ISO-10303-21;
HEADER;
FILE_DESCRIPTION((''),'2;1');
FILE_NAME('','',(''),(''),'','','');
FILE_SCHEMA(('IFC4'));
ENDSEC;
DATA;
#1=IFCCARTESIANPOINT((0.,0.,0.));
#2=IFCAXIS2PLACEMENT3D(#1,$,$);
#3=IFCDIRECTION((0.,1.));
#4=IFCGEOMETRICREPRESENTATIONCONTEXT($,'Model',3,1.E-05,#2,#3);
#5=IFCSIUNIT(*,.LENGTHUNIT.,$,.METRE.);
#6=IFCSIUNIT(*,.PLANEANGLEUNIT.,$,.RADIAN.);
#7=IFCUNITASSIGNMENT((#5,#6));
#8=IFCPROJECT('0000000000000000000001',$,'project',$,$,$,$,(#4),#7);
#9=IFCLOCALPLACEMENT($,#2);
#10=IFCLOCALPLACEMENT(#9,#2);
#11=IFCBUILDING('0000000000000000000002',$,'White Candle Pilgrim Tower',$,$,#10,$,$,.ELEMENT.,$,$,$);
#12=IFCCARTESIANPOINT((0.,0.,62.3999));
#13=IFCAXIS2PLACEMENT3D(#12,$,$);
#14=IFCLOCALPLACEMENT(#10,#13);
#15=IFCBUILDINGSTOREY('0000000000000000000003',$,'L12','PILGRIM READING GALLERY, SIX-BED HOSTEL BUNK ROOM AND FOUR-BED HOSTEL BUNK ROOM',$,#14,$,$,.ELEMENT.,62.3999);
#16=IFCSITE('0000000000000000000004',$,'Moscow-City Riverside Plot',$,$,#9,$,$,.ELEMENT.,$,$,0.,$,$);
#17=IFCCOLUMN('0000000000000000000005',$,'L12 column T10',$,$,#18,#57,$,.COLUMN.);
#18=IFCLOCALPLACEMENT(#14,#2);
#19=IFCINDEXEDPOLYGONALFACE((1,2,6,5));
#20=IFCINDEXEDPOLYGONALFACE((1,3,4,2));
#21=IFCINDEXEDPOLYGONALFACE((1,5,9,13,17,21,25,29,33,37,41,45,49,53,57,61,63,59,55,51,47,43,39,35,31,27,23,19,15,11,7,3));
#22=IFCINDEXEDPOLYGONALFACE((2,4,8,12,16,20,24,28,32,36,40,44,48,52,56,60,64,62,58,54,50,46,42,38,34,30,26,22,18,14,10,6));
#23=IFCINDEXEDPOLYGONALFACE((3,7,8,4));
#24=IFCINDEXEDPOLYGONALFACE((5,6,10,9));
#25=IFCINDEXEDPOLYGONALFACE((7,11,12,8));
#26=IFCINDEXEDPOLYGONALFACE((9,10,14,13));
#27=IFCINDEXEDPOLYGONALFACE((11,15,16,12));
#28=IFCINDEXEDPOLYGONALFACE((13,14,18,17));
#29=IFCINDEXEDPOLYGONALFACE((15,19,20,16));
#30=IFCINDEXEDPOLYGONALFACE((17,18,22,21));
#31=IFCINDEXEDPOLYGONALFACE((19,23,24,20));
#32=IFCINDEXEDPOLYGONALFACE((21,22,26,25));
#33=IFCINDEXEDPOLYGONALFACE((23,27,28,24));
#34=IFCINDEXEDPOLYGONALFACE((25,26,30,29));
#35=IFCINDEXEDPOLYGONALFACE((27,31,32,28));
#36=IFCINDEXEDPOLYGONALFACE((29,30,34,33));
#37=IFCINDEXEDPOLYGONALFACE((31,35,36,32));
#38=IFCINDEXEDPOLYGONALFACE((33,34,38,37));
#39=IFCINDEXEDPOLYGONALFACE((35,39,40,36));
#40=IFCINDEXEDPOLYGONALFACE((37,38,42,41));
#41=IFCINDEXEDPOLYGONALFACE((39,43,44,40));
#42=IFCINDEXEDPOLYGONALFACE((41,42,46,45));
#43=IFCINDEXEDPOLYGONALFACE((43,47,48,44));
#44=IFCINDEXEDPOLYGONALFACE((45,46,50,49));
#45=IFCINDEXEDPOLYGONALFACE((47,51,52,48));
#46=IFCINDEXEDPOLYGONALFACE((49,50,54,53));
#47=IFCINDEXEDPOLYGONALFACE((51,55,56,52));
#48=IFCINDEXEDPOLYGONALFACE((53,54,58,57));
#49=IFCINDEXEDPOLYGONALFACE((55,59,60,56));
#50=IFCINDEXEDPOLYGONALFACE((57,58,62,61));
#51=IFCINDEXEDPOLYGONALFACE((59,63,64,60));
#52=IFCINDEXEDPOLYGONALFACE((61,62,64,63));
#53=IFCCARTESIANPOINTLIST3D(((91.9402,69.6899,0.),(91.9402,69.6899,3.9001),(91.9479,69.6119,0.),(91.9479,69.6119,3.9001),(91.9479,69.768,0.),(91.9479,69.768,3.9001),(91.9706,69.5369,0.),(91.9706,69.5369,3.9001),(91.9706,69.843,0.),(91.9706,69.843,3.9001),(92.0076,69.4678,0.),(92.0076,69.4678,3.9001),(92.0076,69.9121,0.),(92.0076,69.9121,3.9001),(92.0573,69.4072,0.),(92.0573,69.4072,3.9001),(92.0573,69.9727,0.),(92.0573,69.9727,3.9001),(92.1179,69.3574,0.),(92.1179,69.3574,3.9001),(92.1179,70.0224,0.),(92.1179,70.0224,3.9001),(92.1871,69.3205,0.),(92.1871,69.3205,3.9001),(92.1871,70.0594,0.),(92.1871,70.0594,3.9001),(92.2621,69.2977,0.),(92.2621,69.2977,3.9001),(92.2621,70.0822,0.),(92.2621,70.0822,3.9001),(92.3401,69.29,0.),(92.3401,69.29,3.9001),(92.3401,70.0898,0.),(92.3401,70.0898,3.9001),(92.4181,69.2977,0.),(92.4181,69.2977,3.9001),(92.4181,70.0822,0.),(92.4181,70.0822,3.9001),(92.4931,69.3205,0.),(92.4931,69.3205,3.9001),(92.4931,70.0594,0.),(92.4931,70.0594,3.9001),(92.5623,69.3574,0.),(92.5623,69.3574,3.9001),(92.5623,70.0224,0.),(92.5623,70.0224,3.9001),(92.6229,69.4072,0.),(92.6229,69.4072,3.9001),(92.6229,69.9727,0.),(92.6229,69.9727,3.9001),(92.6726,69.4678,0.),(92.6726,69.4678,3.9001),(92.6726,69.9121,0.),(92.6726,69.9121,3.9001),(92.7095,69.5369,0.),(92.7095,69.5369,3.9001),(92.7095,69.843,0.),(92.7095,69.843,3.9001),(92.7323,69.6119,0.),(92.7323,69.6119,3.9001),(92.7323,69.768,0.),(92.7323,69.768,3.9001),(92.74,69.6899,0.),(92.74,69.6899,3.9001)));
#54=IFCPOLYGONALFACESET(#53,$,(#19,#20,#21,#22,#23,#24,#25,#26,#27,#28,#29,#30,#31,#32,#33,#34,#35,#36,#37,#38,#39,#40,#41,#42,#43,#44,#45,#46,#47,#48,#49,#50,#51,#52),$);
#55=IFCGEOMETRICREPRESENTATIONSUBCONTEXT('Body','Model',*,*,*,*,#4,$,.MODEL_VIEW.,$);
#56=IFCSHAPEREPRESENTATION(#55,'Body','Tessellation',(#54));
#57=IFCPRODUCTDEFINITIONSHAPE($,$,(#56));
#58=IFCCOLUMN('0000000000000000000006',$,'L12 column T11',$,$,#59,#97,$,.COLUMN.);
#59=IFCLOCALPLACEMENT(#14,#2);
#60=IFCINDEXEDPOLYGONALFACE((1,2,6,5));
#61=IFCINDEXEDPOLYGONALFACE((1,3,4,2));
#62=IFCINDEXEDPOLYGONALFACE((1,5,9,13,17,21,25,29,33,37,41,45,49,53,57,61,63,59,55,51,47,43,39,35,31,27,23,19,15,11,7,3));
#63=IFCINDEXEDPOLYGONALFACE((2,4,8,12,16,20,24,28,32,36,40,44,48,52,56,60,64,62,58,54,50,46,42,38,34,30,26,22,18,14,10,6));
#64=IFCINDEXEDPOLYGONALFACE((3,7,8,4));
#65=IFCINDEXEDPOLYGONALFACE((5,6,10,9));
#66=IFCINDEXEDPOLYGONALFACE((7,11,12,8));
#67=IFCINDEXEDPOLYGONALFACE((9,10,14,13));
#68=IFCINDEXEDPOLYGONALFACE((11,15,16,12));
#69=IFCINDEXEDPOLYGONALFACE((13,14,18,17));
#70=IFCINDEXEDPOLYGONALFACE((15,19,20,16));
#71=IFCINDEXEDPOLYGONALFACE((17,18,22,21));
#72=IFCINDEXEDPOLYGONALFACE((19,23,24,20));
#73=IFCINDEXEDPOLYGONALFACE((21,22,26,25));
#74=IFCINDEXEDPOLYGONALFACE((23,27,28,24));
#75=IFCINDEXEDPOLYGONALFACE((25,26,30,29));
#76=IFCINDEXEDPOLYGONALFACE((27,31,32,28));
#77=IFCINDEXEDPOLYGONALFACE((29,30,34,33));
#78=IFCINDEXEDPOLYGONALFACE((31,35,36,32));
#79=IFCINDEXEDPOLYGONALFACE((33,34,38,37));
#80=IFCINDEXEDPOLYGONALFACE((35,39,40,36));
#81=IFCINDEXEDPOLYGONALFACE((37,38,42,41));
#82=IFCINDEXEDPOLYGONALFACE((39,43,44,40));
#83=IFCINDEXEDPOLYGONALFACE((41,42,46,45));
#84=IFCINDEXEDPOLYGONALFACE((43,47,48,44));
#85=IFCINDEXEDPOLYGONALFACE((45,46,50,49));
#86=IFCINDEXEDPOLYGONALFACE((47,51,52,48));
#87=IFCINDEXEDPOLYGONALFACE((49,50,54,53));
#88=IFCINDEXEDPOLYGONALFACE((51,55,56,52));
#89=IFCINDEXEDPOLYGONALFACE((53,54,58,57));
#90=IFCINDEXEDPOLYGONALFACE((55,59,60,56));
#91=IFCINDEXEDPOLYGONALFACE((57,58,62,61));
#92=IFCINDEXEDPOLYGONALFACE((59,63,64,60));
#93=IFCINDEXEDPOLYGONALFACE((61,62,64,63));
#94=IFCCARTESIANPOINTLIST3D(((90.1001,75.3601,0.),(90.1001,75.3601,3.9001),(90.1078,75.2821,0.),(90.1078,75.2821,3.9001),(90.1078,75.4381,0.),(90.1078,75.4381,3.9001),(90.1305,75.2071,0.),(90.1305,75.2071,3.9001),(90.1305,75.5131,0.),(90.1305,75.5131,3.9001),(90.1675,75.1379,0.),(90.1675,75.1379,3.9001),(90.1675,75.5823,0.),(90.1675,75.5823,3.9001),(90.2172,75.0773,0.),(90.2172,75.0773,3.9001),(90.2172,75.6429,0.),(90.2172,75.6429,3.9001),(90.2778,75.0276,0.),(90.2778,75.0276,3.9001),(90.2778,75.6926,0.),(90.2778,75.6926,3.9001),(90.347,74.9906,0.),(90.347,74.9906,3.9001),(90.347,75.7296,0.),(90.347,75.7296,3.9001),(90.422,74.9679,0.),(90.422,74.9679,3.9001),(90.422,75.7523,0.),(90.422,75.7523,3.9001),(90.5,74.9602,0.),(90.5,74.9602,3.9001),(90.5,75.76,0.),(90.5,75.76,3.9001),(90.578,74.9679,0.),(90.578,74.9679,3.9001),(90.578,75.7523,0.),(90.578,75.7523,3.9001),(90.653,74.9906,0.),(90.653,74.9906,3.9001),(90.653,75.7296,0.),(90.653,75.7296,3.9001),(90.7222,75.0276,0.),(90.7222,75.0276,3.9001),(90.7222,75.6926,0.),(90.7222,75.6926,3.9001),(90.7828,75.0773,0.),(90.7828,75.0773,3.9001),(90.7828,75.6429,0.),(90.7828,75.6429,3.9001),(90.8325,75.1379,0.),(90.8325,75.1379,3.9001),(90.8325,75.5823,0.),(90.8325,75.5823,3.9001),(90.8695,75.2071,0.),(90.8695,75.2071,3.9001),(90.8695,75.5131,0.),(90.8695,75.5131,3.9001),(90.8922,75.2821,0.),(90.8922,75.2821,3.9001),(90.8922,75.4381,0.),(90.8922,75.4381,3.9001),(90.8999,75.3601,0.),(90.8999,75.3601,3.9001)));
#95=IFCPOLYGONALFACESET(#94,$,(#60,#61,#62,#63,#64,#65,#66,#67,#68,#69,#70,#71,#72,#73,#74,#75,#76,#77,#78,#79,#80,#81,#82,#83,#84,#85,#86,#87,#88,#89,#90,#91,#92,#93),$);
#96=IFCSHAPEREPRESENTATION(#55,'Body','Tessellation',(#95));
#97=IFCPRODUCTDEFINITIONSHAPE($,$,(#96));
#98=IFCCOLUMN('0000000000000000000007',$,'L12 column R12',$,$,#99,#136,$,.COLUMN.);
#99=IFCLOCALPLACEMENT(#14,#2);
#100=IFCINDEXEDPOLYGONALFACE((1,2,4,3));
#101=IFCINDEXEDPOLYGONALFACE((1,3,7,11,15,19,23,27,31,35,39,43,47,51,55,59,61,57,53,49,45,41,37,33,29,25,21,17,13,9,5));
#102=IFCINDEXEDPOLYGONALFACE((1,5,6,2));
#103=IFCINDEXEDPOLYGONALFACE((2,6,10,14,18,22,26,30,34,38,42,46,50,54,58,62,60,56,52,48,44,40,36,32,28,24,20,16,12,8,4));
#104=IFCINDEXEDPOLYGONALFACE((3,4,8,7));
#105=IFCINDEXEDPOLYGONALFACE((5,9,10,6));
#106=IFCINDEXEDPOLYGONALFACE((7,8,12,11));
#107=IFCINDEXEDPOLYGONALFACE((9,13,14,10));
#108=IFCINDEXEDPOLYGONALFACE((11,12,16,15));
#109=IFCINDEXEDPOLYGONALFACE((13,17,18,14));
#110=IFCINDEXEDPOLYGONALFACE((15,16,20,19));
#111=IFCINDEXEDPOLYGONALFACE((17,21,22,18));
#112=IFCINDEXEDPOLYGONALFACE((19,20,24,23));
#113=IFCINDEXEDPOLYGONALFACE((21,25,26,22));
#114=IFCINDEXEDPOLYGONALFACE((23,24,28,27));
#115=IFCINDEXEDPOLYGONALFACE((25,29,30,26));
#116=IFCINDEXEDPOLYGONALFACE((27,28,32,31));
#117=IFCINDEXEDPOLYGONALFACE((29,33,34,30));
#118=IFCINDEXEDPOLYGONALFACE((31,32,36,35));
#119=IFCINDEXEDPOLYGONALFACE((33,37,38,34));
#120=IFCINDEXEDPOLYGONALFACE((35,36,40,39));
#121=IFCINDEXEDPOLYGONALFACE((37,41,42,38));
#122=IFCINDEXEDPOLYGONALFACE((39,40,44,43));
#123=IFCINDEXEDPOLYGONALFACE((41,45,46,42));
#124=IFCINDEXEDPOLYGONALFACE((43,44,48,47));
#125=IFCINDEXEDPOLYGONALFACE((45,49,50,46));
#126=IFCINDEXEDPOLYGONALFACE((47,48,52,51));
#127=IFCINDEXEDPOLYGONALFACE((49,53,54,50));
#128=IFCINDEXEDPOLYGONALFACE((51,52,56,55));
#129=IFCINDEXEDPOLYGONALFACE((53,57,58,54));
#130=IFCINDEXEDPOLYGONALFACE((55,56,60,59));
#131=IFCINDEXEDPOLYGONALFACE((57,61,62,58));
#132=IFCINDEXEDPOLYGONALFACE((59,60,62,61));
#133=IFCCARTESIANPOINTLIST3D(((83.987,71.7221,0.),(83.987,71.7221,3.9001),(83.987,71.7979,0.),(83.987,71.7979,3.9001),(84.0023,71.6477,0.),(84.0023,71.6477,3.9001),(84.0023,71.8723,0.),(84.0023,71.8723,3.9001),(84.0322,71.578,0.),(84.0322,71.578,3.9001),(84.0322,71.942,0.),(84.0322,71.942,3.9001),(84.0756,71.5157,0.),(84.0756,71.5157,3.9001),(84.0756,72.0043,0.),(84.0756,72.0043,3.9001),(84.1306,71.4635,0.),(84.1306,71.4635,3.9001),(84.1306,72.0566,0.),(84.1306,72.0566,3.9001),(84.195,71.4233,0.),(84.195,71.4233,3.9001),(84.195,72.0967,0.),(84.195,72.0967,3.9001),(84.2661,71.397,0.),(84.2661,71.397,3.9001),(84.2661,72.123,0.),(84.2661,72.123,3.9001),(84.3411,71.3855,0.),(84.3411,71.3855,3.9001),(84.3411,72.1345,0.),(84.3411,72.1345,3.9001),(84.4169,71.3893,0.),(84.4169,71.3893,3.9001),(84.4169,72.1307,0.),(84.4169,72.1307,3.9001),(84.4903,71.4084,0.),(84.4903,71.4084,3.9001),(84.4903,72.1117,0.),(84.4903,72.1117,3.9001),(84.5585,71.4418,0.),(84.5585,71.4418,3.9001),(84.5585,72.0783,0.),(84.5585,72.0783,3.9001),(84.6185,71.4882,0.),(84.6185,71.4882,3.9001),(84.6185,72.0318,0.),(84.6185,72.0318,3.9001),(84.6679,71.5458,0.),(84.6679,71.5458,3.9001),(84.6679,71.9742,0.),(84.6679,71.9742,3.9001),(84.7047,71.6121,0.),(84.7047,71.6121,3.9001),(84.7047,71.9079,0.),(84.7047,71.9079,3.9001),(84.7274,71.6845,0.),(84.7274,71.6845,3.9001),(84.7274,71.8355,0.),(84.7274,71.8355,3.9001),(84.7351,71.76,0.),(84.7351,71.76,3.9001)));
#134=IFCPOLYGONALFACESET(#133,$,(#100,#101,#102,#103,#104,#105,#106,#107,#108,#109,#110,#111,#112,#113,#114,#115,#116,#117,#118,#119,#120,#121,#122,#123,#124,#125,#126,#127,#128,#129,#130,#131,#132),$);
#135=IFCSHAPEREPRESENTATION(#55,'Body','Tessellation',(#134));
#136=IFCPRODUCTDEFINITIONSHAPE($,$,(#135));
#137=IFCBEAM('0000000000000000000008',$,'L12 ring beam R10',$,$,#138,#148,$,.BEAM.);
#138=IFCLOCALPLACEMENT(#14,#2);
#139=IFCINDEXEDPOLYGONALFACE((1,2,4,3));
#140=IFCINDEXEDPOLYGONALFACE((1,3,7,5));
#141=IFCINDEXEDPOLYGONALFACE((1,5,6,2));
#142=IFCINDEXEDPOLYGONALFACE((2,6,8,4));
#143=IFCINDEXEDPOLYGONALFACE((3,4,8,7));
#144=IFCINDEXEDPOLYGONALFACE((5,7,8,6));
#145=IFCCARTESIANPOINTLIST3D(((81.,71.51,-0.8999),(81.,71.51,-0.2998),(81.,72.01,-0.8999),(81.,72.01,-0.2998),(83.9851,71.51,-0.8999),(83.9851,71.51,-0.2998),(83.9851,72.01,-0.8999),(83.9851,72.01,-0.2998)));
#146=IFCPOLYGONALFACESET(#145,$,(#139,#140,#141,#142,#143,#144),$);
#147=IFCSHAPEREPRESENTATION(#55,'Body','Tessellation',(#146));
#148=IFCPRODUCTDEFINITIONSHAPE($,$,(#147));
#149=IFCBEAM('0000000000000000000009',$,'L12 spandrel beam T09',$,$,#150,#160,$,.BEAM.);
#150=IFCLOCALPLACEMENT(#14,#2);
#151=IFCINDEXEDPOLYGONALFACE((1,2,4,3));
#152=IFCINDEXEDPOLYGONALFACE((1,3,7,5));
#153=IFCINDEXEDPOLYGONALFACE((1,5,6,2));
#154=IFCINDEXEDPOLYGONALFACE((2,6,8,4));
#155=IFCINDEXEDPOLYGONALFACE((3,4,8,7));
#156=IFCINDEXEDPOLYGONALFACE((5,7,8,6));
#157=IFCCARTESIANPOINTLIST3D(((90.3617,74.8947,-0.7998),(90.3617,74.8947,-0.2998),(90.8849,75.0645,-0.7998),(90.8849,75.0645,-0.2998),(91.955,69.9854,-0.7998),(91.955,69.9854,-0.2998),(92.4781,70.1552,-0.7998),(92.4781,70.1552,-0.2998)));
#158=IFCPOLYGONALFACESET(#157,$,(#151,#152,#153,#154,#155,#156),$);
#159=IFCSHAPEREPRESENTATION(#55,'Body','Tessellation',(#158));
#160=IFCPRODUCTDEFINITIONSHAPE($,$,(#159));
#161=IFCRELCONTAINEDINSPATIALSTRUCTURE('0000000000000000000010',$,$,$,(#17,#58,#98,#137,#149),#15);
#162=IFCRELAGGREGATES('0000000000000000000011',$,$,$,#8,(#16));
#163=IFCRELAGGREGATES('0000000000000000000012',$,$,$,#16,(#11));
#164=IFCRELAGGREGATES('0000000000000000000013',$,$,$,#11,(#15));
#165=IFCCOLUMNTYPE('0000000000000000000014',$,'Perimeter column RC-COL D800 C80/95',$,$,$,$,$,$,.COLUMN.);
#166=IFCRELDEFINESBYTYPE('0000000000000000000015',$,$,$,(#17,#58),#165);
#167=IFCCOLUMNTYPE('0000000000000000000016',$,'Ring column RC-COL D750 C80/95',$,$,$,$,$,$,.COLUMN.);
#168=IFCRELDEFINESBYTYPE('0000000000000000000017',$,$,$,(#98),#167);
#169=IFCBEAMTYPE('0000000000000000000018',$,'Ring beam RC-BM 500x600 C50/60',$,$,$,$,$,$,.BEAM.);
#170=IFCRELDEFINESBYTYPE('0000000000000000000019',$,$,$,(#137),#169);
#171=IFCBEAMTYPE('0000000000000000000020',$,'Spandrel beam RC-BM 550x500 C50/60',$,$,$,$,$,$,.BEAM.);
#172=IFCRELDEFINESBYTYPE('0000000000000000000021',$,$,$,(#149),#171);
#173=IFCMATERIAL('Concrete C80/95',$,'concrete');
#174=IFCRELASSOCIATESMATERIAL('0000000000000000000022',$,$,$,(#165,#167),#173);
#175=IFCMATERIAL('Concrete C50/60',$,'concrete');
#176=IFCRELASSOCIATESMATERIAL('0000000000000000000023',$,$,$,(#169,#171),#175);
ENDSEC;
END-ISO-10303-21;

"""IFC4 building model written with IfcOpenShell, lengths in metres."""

from ifc_helpers import new_model, si_unit, direction, frame, origin, origin_2d, place, context, subcontext, project, spatial, rectangle, circle, extrude, material, material_profile, profile_set, type_object, element, save


model = new_model("IFC4")

# Units and contexts
model_context = context("Model", 3, precision=1e-05, world=origin(), true_north=direction((0.0, 1.0)))
body_context = subcontext(model_context, "Body", "Model", "MODEL_VIEW")
ifc_project = project(units=[si_unit("LENGTHUNIT", "METRE"), si_unit("PLANEANGLEUNIT", "RADIAN")], contexts=[model_context])

# Site, building, storey
site_placement = place(None, origin())
site = spatial("IfcSite", under=ifc_project, at=site_placement, Name="Moscow-City Riverside Plot", CompositionType="ELEMENT", RefElevation=0.0)
building_placement = place(site_placement, origin())
building = spatial("IfcBuilding", under=site, at=building_placement, Name="White Candle Pilgrim Tower", CompositionType="ELEMENT")
storey_placement = place(building_placement, frame((0.0, 0.0, 62.3999)))
storey = spatial("IfcBuildingStorey", under=building, at=storey_placement, Name="L12", Description="PILGRIM READING GALLERY, SIX-BED HOSTEL BUNK ROOM AND FOUR-BED HOSTEL BUNK ROOM", CompositionType="ELEMENT", Elevation=62.3999)

# Columns
ifc_material_1 = material(Name="Concrete C80/95", Category="concrete")
ifc_material_profile_1 = material_profile(ifc_material_1, circle(Radius=0.3999, at=origin_2d()), Name="RC-COL D800")
ifc_profile_set_1 = profile_set([ifc_material_profile_1], Name="Concrete C80/95")
column_type_1 = type_object("IfcColumnType", Name="Perimeter column RC-COL D800 C80/95", PredefinedType="COLUMN", material=ifc_profile_set_1)
for number, where, z_axis, x_axis, name in (
    (1, (92.3401, 69.6899, 0.0), (0.0, 0.0, 1.0), (1.0, 0.0, 0.0), "L12 column T10"),
    (2, (90.5, 75.3601, 0.0), (0.0, 0.0, 1.0), (1.0, 0.0, 0.0), "L12 column T11"),
):
    element("IfcColumn", number, at=place(storey_placement, frame(where, z_axis=z_axis, x_axis=x_axis)), inside=storey, type_object=column_type_1, Name=name, PredefinedType="COLUMN", context=body_context, shape_type="SweptSolid", body=[
        extrude(circle(Radius=0.3999, at=origin_2d()), origin(), (0.0, 0.0, 1.0), 3.9001),
    ])
ifc_material_profile_2 = material_profile(ifc_material_1, circle(Radius=0.375, at=origin_2d()), Name="RC-COL D750")
ifc_profile_set_2 = profile_set([ifc_material_profile_2], Name="Concrete C80/95")
column_type_2 = type_object("IfcColumnType", Name="Ring column RC-COL D750 C80/95", PredefinedType="COLUMN", material=ifc_profile_set_2)
column_placement = place(storey_placement, frame((84.3601, 71.76, 0.0), z_axis=(0.0, 0.0, 1.0), x_axis=(1.0, 0.0, 0.0)))
element("IfcColumn", 3, at=column_placement, inside=storey, type_object=column_type_2, Name="L12 column R12", PredefinedType="COLUMN", context=body_context, shape_type="SweptSolid", body=[
    extrude(circle(Radius=0.375, at=origin_2d()), origin(), (0.0, 0.0, 1.0), 3.9001),
])

# Beams
ifc_material_2 = material(Name="Concrete C50/60", Category="concrete")
ifc_material_profile_3 = material_profile(ifc_material_2, rectangle(XDim=0.5, YDim=0.6001, at=origin_2d()), Name="RC-BM 500x600")
ifc_profile_set_3 = profile_set([ifc_material_profile_3], Name="Concrete C50/60")
beam_type_1 = type_object("IfcBeamType", Name="Ring beam RC-BM 500x600 C50/60", PredefinedType="BEAM", material=ifc_profile_set_3)
beam_1_placement = place(storey_placement, frame((83.9851, 71.76, -0.5999), z_axis=(-1.0, 0.0, 0.0), x_axis=(0.0, -1.0, 0.0)))
element("IfcBeam", 4, at=beam_1_placement, inside=storey, type_object=beam_type_1, Name="L12 ring beam R10", PredefinedType="BEAM", context=body_context, shape_type="SweptSolid", body=[
    extrude(rectangle(XDim=0.5, YDim=0.6001, at=origin_2d()), origin(), (0.0, 0.0, 1.0), 2.9851),
])
ifc_material_profile_4 = material_profile(ifc_material_2, rectangle(XDim=0.55, YDim=0.5, at=origin_2d()), Name="RC-BM 550x500")
ifc_profile_set_4 = profile_set([ifc_material_profile_4], Name="Concrete C50/60")
beam_type_2 = type_object("IfcBeamType", Name="Spandrel beam RC-BM 550x500 C50/60", PredefinedType="BEAM", material=ifc_profile_set_4)
beam_2_placement = place(storey_placement, frame((92.2166, 70.0703, -0.5498), z_axis=(-0.308683, 0.951165, 0.0), x_axis=(-0.951165, -0.308683, 0.0)))
element("IfcBeam", 5, at=beam_2_placement, inside=storey, type_object=beam_type_2, Name="L12 spandrel beam T09", PredefinedType="BEAM", context=body_context, shape_type="SweptSolid", body=[
    extrude(rectangle(XDim=0.55, YDim=0.5, at=origin_2d()), origin(), (0.0, 0.0, 1.0), 5.1614),
])

save(model, "model.ifc")
